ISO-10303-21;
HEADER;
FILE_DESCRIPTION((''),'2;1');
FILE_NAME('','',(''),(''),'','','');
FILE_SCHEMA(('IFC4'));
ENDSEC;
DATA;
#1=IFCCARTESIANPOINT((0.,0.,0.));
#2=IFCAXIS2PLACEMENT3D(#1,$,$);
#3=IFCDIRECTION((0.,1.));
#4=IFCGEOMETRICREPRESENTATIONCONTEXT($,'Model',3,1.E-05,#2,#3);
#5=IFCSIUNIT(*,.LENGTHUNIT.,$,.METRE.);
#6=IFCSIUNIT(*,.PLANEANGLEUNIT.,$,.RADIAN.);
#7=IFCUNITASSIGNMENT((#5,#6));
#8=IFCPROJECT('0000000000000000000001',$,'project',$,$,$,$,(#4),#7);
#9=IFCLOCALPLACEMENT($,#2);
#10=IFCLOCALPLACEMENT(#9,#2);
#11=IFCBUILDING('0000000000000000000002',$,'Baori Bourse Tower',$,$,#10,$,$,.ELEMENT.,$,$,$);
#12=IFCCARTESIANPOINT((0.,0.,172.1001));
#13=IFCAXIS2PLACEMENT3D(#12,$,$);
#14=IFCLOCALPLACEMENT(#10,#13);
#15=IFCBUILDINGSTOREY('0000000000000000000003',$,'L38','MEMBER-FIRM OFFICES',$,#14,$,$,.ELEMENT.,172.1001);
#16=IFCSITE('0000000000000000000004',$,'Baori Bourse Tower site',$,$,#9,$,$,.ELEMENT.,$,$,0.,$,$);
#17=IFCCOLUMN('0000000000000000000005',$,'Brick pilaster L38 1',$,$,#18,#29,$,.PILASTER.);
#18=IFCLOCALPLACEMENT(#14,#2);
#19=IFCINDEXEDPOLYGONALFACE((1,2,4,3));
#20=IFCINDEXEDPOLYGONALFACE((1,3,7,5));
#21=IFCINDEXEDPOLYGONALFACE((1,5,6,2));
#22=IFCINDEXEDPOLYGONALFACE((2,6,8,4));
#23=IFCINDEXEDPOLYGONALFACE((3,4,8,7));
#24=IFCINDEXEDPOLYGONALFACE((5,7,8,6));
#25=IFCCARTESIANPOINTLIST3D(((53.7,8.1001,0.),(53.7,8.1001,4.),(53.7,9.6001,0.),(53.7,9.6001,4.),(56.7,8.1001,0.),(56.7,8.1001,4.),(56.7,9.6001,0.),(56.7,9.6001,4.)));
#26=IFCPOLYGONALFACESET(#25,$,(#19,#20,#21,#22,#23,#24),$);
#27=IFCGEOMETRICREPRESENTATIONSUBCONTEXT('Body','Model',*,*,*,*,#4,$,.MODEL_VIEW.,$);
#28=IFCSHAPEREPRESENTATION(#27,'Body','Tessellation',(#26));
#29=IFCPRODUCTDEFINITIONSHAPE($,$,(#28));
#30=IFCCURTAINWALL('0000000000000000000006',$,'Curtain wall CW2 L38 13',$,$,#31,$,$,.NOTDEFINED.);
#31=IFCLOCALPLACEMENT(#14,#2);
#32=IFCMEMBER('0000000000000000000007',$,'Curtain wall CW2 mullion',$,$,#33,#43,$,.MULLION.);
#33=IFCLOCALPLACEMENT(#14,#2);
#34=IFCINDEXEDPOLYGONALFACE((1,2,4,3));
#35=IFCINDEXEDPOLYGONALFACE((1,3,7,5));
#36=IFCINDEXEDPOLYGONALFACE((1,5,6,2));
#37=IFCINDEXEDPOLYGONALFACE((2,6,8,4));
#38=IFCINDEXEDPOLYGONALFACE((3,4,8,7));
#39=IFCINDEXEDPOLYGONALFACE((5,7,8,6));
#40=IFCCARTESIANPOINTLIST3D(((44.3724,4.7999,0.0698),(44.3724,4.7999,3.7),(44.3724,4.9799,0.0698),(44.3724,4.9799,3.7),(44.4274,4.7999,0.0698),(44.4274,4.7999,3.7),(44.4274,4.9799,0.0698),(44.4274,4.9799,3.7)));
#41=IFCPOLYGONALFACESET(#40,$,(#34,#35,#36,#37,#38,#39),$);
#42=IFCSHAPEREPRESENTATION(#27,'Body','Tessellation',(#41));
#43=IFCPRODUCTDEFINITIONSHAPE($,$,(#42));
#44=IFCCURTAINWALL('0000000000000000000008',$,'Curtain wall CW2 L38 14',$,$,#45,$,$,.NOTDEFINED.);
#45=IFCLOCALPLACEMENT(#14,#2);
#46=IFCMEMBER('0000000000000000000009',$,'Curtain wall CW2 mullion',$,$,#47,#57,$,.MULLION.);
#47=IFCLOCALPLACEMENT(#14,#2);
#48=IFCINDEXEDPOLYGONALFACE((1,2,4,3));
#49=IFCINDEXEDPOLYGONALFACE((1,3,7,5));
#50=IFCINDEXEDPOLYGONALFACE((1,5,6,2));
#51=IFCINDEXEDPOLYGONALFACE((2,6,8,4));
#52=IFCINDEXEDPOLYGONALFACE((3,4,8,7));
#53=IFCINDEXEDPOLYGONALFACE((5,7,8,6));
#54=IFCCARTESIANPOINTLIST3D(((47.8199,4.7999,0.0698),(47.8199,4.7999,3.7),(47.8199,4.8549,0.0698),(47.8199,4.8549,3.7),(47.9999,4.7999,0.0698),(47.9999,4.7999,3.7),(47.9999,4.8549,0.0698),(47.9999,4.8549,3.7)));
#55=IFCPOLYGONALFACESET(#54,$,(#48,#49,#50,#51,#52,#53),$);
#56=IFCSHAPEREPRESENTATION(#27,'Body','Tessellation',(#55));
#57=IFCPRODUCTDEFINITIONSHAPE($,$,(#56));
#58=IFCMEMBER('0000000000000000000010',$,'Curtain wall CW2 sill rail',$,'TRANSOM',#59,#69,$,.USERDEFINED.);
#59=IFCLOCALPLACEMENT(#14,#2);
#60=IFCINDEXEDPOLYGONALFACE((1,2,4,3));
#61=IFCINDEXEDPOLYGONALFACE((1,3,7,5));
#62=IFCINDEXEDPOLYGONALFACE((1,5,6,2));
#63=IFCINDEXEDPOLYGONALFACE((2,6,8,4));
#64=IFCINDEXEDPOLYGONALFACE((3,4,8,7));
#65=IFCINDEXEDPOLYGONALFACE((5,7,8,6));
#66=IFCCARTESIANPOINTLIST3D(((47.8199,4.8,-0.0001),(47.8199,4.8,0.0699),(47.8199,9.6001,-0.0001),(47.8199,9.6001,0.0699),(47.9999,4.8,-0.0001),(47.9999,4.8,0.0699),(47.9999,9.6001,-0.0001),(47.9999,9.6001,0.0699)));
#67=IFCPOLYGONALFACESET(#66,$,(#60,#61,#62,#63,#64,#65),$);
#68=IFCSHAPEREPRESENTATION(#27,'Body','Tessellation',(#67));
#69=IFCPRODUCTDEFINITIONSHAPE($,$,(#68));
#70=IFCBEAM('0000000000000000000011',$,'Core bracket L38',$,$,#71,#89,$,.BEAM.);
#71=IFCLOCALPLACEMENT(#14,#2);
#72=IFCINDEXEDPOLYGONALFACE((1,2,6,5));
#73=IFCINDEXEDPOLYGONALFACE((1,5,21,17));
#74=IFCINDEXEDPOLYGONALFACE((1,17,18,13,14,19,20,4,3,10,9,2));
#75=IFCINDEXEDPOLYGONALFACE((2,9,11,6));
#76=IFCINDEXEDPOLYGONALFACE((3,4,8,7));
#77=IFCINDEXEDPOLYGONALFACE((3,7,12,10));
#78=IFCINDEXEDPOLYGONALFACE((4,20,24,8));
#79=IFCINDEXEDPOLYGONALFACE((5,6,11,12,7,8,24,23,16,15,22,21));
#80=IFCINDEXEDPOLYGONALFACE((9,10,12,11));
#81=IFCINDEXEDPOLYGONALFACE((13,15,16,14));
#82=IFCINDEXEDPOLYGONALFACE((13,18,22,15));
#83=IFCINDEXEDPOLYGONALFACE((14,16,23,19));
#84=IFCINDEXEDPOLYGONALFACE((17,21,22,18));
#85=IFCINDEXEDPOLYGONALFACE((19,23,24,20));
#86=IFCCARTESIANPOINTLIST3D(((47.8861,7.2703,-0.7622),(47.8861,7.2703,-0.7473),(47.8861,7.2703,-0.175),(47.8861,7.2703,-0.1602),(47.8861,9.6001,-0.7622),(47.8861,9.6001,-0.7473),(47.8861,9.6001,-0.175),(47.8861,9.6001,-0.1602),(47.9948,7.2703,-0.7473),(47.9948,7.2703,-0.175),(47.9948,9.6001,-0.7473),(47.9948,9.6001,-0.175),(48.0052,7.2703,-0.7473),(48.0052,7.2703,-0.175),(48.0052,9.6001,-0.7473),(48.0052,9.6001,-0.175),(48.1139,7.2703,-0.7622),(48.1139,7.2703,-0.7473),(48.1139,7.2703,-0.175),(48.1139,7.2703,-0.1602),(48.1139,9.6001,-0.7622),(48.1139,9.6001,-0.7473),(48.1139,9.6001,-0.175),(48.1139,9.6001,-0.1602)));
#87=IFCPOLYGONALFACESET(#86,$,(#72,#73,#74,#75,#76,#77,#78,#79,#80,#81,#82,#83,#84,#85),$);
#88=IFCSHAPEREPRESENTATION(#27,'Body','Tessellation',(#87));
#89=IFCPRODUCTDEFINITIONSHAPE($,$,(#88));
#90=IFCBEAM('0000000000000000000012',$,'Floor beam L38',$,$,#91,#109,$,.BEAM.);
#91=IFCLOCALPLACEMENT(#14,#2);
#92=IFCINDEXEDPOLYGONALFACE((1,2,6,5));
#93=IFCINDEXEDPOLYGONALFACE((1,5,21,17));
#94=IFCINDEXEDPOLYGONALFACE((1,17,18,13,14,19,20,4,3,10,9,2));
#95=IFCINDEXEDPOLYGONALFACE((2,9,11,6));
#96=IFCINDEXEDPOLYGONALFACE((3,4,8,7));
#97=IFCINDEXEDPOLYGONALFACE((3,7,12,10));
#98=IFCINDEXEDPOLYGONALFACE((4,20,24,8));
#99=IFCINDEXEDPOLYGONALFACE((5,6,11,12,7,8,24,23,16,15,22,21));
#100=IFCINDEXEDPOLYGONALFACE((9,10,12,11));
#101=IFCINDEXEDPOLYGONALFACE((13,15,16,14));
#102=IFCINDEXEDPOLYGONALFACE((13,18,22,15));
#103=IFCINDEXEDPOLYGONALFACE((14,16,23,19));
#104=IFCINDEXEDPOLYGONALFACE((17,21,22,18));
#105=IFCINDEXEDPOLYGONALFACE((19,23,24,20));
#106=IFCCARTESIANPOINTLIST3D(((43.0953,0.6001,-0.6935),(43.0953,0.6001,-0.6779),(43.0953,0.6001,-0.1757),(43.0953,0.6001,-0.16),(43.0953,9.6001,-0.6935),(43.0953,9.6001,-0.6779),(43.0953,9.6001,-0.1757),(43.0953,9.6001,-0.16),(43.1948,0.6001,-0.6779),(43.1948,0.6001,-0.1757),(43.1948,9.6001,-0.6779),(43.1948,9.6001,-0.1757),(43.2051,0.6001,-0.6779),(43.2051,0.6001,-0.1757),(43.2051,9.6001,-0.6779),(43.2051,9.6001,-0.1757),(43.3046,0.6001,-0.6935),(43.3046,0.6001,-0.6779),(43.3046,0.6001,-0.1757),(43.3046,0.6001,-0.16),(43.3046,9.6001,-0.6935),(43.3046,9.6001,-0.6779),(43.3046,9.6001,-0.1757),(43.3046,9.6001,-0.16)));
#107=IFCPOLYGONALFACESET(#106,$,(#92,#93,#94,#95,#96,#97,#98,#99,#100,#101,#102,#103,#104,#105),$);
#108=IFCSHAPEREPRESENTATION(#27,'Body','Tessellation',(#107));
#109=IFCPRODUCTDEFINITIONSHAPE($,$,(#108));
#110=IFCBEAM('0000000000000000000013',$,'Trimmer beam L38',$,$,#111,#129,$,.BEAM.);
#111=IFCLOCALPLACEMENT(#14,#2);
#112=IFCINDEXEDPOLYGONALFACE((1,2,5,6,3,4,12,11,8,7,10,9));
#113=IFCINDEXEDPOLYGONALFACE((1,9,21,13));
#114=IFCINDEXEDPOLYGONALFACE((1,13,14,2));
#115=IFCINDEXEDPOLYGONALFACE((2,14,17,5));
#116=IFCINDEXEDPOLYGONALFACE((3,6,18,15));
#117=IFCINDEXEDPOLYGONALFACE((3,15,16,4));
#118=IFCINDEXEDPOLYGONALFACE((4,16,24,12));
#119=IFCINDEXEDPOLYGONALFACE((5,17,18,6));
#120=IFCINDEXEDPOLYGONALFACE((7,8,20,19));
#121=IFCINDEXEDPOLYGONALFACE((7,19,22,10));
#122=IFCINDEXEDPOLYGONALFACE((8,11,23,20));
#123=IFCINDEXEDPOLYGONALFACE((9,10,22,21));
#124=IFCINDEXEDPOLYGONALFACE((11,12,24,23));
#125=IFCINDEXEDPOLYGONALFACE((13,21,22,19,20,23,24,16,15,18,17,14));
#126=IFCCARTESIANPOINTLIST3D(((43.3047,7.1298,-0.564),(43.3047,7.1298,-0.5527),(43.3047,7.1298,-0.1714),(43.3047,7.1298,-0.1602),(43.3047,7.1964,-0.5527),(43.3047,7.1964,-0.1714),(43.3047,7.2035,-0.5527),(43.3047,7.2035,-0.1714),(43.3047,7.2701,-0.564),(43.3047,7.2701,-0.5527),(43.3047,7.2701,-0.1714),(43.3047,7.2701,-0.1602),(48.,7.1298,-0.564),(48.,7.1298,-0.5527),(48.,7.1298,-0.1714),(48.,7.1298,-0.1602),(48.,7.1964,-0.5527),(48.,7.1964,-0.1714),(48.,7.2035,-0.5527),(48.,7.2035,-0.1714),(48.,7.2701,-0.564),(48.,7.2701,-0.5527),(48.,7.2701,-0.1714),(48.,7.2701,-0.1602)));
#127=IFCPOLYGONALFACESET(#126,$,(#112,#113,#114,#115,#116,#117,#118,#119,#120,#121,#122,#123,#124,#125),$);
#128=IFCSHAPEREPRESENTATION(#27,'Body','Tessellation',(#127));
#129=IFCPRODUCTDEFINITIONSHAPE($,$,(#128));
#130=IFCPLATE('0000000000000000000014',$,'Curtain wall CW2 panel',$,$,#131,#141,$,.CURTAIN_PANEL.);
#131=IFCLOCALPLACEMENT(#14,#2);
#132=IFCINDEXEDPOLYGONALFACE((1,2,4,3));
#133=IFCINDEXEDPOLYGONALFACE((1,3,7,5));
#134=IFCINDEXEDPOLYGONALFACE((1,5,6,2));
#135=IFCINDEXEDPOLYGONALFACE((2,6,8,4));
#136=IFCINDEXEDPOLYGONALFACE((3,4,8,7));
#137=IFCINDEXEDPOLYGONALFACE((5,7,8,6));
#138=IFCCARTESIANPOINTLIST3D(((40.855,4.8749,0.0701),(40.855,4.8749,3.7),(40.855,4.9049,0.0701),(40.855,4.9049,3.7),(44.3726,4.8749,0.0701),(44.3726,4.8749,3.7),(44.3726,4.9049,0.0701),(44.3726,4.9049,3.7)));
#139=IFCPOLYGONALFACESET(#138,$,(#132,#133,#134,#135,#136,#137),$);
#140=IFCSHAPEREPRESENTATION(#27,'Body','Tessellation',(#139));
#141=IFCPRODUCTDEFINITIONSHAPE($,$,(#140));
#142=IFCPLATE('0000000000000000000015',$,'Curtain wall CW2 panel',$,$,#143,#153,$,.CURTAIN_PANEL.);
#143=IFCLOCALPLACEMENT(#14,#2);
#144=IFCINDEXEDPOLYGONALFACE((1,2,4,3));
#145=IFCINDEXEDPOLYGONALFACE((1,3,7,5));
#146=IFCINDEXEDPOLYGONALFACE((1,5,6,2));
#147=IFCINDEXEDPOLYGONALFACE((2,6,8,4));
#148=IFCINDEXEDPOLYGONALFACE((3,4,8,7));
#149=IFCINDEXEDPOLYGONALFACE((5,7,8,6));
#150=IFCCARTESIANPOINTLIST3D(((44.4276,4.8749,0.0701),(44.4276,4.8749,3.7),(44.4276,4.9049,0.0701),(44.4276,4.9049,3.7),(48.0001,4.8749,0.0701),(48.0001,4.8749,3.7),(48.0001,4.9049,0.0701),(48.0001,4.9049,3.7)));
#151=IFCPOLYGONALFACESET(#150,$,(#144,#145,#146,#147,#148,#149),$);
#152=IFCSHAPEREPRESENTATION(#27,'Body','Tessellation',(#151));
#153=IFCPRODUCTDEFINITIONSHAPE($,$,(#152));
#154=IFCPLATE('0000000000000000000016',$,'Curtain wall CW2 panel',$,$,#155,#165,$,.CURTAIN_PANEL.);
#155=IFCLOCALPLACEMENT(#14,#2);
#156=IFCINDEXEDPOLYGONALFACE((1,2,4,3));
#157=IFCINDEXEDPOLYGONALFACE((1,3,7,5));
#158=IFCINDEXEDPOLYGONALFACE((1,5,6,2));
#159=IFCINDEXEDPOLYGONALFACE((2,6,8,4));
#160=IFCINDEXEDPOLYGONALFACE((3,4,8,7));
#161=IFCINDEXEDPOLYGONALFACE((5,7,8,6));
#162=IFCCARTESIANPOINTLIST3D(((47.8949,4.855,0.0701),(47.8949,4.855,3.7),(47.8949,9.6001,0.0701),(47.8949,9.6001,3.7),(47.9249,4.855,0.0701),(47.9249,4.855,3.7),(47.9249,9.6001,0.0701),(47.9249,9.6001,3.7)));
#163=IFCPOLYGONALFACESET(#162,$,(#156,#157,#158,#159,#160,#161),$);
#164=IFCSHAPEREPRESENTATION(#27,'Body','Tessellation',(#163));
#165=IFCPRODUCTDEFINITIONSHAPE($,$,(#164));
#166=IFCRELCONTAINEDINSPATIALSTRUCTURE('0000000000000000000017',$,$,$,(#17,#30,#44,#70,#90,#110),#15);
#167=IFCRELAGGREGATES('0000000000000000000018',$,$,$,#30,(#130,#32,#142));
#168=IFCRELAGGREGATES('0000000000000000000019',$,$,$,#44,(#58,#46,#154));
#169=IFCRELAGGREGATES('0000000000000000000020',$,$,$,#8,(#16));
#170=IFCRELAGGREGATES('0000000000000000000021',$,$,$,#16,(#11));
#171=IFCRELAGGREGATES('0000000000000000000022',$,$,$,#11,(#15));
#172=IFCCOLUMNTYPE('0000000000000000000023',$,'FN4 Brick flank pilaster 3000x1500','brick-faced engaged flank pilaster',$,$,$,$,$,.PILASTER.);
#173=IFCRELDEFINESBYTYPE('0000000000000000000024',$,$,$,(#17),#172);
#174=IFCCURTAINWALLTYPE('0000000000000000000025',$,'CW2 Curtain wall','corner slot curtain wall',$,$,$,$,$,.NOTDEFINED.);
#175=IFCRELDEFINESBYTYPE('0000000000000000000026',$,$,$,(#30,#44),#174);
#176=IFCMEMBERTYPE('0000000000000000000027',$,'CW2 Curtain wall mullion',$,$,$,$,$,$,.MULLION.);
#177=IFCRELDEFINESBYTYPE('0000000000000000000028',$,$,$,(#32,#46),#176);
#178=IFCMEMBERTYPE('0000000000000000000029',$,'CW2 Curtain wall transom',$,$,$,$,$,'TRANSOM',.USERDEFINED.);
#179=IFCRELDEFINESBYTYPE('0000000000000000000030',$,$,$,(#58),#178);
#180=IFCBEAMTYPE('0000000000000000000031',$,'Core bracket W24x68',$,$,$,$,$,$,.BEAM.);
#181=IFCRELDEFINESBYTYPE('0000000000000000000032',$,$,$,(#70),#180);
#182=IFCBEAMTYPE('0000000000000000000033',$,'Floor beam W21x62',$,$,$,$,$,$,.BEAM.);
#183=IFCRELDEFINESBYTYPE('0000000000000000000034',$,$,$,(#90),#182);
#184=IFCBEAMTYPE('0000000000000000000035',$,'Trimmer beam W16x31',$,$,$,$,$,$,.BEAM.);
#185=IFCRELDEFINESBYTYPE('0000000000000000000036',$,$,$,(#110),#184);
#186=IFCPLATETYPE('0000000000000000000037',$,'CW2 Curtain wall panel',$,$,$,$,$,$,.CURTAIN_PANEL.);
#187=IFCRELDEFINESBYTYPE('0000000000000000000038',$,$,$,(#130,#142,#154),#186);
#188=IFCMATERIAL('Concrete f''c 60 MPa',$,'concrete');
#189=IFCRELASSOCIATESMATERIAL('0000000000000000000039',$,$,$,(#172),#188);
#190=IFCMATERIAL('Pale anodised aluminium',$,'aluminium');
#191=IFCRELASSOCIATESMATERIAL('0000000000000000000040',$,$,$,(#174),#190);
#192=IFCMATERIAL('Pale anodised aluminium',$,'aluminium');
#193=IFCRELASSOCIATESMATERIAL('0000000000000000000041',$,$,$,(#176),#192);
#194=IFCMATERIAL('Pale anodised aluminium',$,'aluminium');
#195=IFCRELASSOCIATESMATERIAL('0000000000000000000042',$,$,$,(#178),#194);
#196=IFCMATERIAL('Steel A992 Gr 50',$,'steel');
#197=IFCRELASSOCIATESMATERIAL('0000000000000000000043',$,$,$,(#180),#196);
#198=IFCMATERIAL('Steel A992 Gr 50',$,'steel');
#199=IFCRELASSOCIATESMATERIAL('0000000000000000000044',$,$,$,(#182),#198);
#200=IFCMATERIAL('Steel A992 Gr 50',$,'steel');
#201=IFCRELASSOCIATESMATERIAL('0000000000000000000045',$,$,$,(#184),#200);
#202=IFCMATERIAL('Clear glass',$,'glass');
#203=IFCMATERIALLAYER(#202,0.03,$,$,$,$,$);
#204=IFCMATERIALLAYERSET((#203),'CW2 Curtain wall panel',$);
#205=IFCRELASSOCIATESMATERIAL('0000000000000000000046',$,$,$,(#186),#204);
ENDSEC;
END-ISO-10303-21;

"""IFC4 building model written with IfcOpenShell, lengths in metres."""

from ifc_helpers import new_model, si_unit, direction, frame, origin, origin_2d, place, context, subcontext, project, spatial, rectangle, i_section, extrude, material, layer, layer_set, material_profile, profile_set, type_object, element, aggregate, save


model = new_model("IFC4")

# Units and contexts
model_context = context("Model", 3, precision=1e-05, world=origin(), true_north=direction((0.0, 1.0)))
body_context = subcontext(model_context, "Body", "Model", "MODEL_VIEW")
ifc_project = project(units=[si_unit("LENGTHUNIT", "METRE"), si_unit("PLANEANGLEUNIT", "RADIAN")], contexts=[model_context])

# Site, building, storey
site_placement = place(None, origin())
site = spatial("IfcSite", under=ifc_project, at=site_placement, Name="Baori Bourse Tower site", CompositionType="ELEMENT", RefElevation=0.0)
building_placement = place(site_placement, origin())
building = spatial("IfcBuilding", under=site, at=building_placement, Name="Baori Bourse Tower", CompositionType="ELEMENT")
storey_placement = place(building_placement, frame((0.0, 0.0, 172.1001)))
storey = spatial("IfcBuildingStorey", under=building, at=storey_placement, Name="L38", Description="MEMBER-FIRM OFFICES", CompositionType="ELEMENT", Elevation=172.1001)

# Column
ifc_material_1 = material(Name="Concrete f'c 60 MPa", Category="concrete")
ifc_material_profile_1 = material_profile(ifc_material_1, rectangle(XDim=3.0, YDim=1.5, at=origin_2d()), Name="RC 3000x1500")
ifc_profile_set_1 = profile_set([ifc_material_profile_1], Name="Concrete f'c 60 MPa")
column_type = type_object("IfcColumnType", Name="FN4 Brick flank pilaster 3000x1500", Description="brick-faced engaged flank pilaster", PredefinedType="PILASTER", material=ifc_profile_set_1)
column_placement = place(storey_placement, frame((55.2, 8.8501, 0.0), z_axis=(0.0, 0.0, 1.0), x_axis=(1.0, 0.0, 0.0)))
element("IfcColumn", 1, at=column_placement, inside=storey, type_object=column_type, Name="Brick pilaster L38 1", PredefinedType="PILASTER", context=body_context, shape_type="SweptSolid", body=[
    extrude(rectangle(XDim=3.0, YDim=1.5, at=origin_2d()), origin(), (0.0, 0.0, 1.0), 4.0),
])

# Curtain wall, member
ifc_material_2 = material(Name="Pale anodised aluminium", Category="aluminium")
curtain_wall_type = type_object("IfcCurtainWallType", Name="CW2 Curtain wall", Description="corner slot curtain wall", PredefinedType="NOTDEFINED", material=ifc_material_2)
curtain_wall_1_placement = place(storey_placement, origin())
curtain_wall_1 = element("IfcCurtainWall", 2, at=curtain_wall_1_placement, inside=storey, type_object=curtain_wall_type, Name="Curtain wall CW2 L38 13", PredefinedType="NOTDEFINED")
ifc_material_3 = material(Name="Pale anodised aluminium", Category="aluminium")
ifc_material_profile_2 = material_profile(ifc_material_3, rectangle(XDim=0.1799, YDim=0.0549, at=origin_2d()), Name="Mullion 55x180")
ifc_profile_set_2 = profile_set([ifc_material_profile_2], Name="Pale anodised aluminium")
member_type_1 = type_object("IfcMemberType", Name="CW2 Curtain wall mullion", PredefinedType="MULLION", material=ifc_profile_set_2)
member_1_placement = place(storey_placement, frame((44.3999, 4.8899, 0.0698), z_axis=(0.0, 0.0, 1.0), x_axis=(0.0, 1.0, 0.0)))
member_1 = element("IfcMember", 3, at=member_1_placement, type_object=member_type_1, Name="Curtain wall CW2 mullion", PredefinedType="MULLION", context=body_context, shape_type="SweptSolid", body=[
    extrude(rectangle(XDim=0.1799, YDim=0.0549, at=origin_2d()), origin(), (0.0, 0.0, 1.0), 3.6301),
])

# Curtain wall, members
curtain_wall_2_placement = place(storey_placement, origin())
curtain_wall_2 = element("IfcCurtainWall", 4, at=curtain_wall_2_placement, inside=storey, type_object=curtain_wall_type, Name="Curtain wall CW2 L38 14", PredefinedType="NOTDEFINED")
member_2_placement = place(storey_placement, frame((47.9099, 4.8274, 0.0698), z_axis=(0.0, 0.0, 1.0), x_axis=(-1.0, 0.0, 0.0)))
member_2 = element("IfcMember", 5, at=member_2_placement, type_object=member_type_1, Name="Curtain wall CW2 mullion", PredefinedType="MULLION", context=body_context, shape_type="SweptSolid", body=[
    extrude(rectangle(XDim=0.1799, YDim=0.0549, at=origin_2d()), origin(), (0.0, 0.0, 1.0), 3.6301),
])
ifc_material_4 = material(Name="Pale anodised aluminium", Category="aluminium")
ifc_material_profile_3 = material_profile(ifc_material_4, rectangle(XDim=0.1799, YDim=0.0701, at=origin_2d()), Name="Transom 70x180")
ifc_profile_set_3 = profile_set([ifc_material_profile_3], Name="Pale anodised aluminium")
member_type_2 = type_object("IfcMemberType", Name="CW2 Curtain wall transom", ElementType="TRANSOM", PredefinedType="USERDEFINED", material=ifc_profile_set_3)
member_3_placement = place(storey_placement, frame((47.9099, 4.8, 0.0349), z_axis=(0.0, 1.0, 0.0), x_axis=(-1.0, 0.0, 0.0)))
member_3 = element("IfcMember", 6, at=member_3_placement, type_object=member_type_2, Name="Curtain wall CW2 sill rail", ObjectType="TRANSOM", PredefinedType="USERDEFINED", context=body_context, shape_type="SweptSolid", body=[
    extrude(rectangle(XDim=0.1799, YDim=0.0701, at=origin_2d()), origin(), (0.0, 0.0, 1.0), 4.8),
])

# Beams
ifc_material_5 = material(Name="Steel A992 Gr 50", Category="steel")
ifc_material_profile_4 = material_profile(ifc_material_5, i_section(OverallWidth=0.2278, OverallDepth=0.6021, WebThickness=0.0105, FlangeThickness=0.0149, at=origin_2d()), Name="W24x68")
ifc_profile_set_4 = profile_set([ifc_material_profile_4], Name="Steel A992 Gr 50")
beam_type_1 = type_object("IfcBeamType", Name="Core bracket W24x68", PredefinedType="BEAM", material=ifc_profile_set_4)
beam_1_placement = place(storey_placement, frame((48.0, 7.2703, -0.4612), z_axis=(0.0, 1.0, 0.0), x_axis=(-1.0, 0.0, 0.0)))
element("IfcBeam", 7, at=beam_1_placement, inside=storey, type_object=beam_type_1, Name="Core bracket L38", PredefinedType="BEAM", context=body_context, shape_type="SweptSolid", body=[
    extrude(i_section(OverallWidth=0.2278, OverallDepth=0.6021, WebThickness=0.0105, FlangeThickness=0.0149, at=origin_2d()), origin(), (0.0, 0.0, 1.0), 2.3298),
])
ifc_material_6 = material(Name="Steel A992 Gr 50", Category="steel")
ifc_material_profile_5 = material_profile(ifc_material_6, i_section(OverallWidth=0.2092, OverallDepth=0.5334, WebThickness=0.0103, FlangeThickness=0.0156, at=origin_2d()), Name="W21x62")
ifc_profile_set_5 = profile_set([ifc_material_profile_5], Name="Steel A992 Gr 50")
beam_type_2 = type_object("IfcBeamType", Name="Floor beam W21x62", PredefinedType="BEAM", material=ifc_profile_set_5)
beam_2_placement = place(storey_placement, frame((43.2, 0.6001, -0.4268), z_axis=(0.0, 1.0, 0.0), x_axis=(-1.0, 0.0, 0.0)))
element("IfcBeam", 8, at=beam_2_placement, inside=storey, type_object=beam_type_2, Name="Floor beam L38", PredefinedType="BEAM", context=body_context, shape_type="SweptSolid", body=[
    extrude(i_section(OverallWidth=0.2092, OverallDepth=0.5334, WebThickness=0.0103, FlangeThickness=0.0156, at=origin_2d()), origin(), (0.0, 0.0, 1.0), 9.0),
])
ifc_material_7 = material(Name="Steel A992 Gr 50", Category="steel")
ifc_material_profile_6 = material_profile(ifc_material_7, i_section(OverallWidth=0.1404, OverallDepth=0.4038, WebThickness=0.0071, FlangeThickness=0.0112, at=origin_2d()), Name="W16x31")
ifc_profile_set_6 = profile_set([ifc_material_profile_6], Name="Steel A992 Gr 50")
beam_type_3 = type_object("IfcBeamType", Name="Trimmer beam W16x31", PredefinedType="BEAM", material=ifc_profile_set_6)
beam_3_placement = place(storey_placement, frame((43.3047, 7.2, -0.3621), z_axis=(1.0, 0.0, 0.0), x_axis=(0.0, 1.0, 0.0)))
element("IfcBeam", 9, at=beam_3_placement, inside=storey, type_object=beam_type_3, Name="Trimmer beam L38", PredefinedType="BEAM", context=body_context, shape_type="SweptSolid", body=[
    extrude(i_section(OverallWidth=0.1404, OverallDepth=0.4038, WebThickness=0.0071, FlangeThickness=0.0112, at=origin_2d()), origin(), (0.0, 0.0, 1.0), 4.6953),
])

# Plates
ifc_material_8 = material(Name="Clear glass", Category="glass")
ifc_layer_1 = layer(ifc_material_8, 0.03)
ifc_layer_set_1 = layer_set([ifc_layer_1], Name="CW2 Curtain wall panel")
plate_type = type_object("IfcPlateType", Name="CW2 Curtain wall panel", PredefinedType="CURTAIN_PANEL", material=ifc_layer_set_1)
plate_1_placement = place(storey_placement, frame((42.6138, 4.8899, 0.0701), z_axis=(0.0, 0.0, 1.0), x_axis=(1.0, 0.0, 0.0)))
plate_1 = element("IfcPlate", 10, at=plate_1_placement, type_object=plate_type, Name="Curtain wall CW2 panel", PredefinedType="CURTAIN_PANEL", context=body_context, shape_type="SweptSolid", body=[
    extrude(rectangle(XDim=3.5176, YDim=0.03, at=origin_2d()), origin(), (0.0, 0.0, 1.0), 3.6299),
])
plate_2_placement = place(storey_placement, frame((46.2139, 4.8899, 0.0701), z_axis=(0.0, 0.0, 1.0), x_axis=(1.0, 0.0, 0.0)))
plate_2 = element("IfcPlate", 11, at=plate_2_placement, type_object=plate_type, Name="Curtain wall CW2 panel", PredefinedType="CURTAIN_PANEL", context=body_context, shape_type="SweptSolid", body=[
    extrude(rectangle(XDim=3.5725, YDim=0.03, at=origin_2d()), origin(), (0.0, 0.0, 1.0), 3.6299),
])
aggregate(curtain_wall_1, [plate_1, member_1, plate_2])
plate_3_placement = place(storey_placement, frame((47.9099, 7.2275, 0.0701), z_axis=(0.0, 0.0, 1.0), x_axis=(0.0, 1.0, 0.0)))
plate_3 = element("IfcPlate", 12, at=plate_3_placement, type_object=plate_type, Name="Curtain wall CW2 panel", PredefinedType="CURTAIN_PANEL", context=body_context, shape_type="SweptSolid", body=[
    extrude(rectangle(XDim=4.7451, YDim=0.03, at=origin_2d()), origin(), (0.0, 0.0, 1.0), 3.6299),
])
aggregate(curtain_wall_2, [member_3, member_2, plate_3])

save(model, "model.ifc")
